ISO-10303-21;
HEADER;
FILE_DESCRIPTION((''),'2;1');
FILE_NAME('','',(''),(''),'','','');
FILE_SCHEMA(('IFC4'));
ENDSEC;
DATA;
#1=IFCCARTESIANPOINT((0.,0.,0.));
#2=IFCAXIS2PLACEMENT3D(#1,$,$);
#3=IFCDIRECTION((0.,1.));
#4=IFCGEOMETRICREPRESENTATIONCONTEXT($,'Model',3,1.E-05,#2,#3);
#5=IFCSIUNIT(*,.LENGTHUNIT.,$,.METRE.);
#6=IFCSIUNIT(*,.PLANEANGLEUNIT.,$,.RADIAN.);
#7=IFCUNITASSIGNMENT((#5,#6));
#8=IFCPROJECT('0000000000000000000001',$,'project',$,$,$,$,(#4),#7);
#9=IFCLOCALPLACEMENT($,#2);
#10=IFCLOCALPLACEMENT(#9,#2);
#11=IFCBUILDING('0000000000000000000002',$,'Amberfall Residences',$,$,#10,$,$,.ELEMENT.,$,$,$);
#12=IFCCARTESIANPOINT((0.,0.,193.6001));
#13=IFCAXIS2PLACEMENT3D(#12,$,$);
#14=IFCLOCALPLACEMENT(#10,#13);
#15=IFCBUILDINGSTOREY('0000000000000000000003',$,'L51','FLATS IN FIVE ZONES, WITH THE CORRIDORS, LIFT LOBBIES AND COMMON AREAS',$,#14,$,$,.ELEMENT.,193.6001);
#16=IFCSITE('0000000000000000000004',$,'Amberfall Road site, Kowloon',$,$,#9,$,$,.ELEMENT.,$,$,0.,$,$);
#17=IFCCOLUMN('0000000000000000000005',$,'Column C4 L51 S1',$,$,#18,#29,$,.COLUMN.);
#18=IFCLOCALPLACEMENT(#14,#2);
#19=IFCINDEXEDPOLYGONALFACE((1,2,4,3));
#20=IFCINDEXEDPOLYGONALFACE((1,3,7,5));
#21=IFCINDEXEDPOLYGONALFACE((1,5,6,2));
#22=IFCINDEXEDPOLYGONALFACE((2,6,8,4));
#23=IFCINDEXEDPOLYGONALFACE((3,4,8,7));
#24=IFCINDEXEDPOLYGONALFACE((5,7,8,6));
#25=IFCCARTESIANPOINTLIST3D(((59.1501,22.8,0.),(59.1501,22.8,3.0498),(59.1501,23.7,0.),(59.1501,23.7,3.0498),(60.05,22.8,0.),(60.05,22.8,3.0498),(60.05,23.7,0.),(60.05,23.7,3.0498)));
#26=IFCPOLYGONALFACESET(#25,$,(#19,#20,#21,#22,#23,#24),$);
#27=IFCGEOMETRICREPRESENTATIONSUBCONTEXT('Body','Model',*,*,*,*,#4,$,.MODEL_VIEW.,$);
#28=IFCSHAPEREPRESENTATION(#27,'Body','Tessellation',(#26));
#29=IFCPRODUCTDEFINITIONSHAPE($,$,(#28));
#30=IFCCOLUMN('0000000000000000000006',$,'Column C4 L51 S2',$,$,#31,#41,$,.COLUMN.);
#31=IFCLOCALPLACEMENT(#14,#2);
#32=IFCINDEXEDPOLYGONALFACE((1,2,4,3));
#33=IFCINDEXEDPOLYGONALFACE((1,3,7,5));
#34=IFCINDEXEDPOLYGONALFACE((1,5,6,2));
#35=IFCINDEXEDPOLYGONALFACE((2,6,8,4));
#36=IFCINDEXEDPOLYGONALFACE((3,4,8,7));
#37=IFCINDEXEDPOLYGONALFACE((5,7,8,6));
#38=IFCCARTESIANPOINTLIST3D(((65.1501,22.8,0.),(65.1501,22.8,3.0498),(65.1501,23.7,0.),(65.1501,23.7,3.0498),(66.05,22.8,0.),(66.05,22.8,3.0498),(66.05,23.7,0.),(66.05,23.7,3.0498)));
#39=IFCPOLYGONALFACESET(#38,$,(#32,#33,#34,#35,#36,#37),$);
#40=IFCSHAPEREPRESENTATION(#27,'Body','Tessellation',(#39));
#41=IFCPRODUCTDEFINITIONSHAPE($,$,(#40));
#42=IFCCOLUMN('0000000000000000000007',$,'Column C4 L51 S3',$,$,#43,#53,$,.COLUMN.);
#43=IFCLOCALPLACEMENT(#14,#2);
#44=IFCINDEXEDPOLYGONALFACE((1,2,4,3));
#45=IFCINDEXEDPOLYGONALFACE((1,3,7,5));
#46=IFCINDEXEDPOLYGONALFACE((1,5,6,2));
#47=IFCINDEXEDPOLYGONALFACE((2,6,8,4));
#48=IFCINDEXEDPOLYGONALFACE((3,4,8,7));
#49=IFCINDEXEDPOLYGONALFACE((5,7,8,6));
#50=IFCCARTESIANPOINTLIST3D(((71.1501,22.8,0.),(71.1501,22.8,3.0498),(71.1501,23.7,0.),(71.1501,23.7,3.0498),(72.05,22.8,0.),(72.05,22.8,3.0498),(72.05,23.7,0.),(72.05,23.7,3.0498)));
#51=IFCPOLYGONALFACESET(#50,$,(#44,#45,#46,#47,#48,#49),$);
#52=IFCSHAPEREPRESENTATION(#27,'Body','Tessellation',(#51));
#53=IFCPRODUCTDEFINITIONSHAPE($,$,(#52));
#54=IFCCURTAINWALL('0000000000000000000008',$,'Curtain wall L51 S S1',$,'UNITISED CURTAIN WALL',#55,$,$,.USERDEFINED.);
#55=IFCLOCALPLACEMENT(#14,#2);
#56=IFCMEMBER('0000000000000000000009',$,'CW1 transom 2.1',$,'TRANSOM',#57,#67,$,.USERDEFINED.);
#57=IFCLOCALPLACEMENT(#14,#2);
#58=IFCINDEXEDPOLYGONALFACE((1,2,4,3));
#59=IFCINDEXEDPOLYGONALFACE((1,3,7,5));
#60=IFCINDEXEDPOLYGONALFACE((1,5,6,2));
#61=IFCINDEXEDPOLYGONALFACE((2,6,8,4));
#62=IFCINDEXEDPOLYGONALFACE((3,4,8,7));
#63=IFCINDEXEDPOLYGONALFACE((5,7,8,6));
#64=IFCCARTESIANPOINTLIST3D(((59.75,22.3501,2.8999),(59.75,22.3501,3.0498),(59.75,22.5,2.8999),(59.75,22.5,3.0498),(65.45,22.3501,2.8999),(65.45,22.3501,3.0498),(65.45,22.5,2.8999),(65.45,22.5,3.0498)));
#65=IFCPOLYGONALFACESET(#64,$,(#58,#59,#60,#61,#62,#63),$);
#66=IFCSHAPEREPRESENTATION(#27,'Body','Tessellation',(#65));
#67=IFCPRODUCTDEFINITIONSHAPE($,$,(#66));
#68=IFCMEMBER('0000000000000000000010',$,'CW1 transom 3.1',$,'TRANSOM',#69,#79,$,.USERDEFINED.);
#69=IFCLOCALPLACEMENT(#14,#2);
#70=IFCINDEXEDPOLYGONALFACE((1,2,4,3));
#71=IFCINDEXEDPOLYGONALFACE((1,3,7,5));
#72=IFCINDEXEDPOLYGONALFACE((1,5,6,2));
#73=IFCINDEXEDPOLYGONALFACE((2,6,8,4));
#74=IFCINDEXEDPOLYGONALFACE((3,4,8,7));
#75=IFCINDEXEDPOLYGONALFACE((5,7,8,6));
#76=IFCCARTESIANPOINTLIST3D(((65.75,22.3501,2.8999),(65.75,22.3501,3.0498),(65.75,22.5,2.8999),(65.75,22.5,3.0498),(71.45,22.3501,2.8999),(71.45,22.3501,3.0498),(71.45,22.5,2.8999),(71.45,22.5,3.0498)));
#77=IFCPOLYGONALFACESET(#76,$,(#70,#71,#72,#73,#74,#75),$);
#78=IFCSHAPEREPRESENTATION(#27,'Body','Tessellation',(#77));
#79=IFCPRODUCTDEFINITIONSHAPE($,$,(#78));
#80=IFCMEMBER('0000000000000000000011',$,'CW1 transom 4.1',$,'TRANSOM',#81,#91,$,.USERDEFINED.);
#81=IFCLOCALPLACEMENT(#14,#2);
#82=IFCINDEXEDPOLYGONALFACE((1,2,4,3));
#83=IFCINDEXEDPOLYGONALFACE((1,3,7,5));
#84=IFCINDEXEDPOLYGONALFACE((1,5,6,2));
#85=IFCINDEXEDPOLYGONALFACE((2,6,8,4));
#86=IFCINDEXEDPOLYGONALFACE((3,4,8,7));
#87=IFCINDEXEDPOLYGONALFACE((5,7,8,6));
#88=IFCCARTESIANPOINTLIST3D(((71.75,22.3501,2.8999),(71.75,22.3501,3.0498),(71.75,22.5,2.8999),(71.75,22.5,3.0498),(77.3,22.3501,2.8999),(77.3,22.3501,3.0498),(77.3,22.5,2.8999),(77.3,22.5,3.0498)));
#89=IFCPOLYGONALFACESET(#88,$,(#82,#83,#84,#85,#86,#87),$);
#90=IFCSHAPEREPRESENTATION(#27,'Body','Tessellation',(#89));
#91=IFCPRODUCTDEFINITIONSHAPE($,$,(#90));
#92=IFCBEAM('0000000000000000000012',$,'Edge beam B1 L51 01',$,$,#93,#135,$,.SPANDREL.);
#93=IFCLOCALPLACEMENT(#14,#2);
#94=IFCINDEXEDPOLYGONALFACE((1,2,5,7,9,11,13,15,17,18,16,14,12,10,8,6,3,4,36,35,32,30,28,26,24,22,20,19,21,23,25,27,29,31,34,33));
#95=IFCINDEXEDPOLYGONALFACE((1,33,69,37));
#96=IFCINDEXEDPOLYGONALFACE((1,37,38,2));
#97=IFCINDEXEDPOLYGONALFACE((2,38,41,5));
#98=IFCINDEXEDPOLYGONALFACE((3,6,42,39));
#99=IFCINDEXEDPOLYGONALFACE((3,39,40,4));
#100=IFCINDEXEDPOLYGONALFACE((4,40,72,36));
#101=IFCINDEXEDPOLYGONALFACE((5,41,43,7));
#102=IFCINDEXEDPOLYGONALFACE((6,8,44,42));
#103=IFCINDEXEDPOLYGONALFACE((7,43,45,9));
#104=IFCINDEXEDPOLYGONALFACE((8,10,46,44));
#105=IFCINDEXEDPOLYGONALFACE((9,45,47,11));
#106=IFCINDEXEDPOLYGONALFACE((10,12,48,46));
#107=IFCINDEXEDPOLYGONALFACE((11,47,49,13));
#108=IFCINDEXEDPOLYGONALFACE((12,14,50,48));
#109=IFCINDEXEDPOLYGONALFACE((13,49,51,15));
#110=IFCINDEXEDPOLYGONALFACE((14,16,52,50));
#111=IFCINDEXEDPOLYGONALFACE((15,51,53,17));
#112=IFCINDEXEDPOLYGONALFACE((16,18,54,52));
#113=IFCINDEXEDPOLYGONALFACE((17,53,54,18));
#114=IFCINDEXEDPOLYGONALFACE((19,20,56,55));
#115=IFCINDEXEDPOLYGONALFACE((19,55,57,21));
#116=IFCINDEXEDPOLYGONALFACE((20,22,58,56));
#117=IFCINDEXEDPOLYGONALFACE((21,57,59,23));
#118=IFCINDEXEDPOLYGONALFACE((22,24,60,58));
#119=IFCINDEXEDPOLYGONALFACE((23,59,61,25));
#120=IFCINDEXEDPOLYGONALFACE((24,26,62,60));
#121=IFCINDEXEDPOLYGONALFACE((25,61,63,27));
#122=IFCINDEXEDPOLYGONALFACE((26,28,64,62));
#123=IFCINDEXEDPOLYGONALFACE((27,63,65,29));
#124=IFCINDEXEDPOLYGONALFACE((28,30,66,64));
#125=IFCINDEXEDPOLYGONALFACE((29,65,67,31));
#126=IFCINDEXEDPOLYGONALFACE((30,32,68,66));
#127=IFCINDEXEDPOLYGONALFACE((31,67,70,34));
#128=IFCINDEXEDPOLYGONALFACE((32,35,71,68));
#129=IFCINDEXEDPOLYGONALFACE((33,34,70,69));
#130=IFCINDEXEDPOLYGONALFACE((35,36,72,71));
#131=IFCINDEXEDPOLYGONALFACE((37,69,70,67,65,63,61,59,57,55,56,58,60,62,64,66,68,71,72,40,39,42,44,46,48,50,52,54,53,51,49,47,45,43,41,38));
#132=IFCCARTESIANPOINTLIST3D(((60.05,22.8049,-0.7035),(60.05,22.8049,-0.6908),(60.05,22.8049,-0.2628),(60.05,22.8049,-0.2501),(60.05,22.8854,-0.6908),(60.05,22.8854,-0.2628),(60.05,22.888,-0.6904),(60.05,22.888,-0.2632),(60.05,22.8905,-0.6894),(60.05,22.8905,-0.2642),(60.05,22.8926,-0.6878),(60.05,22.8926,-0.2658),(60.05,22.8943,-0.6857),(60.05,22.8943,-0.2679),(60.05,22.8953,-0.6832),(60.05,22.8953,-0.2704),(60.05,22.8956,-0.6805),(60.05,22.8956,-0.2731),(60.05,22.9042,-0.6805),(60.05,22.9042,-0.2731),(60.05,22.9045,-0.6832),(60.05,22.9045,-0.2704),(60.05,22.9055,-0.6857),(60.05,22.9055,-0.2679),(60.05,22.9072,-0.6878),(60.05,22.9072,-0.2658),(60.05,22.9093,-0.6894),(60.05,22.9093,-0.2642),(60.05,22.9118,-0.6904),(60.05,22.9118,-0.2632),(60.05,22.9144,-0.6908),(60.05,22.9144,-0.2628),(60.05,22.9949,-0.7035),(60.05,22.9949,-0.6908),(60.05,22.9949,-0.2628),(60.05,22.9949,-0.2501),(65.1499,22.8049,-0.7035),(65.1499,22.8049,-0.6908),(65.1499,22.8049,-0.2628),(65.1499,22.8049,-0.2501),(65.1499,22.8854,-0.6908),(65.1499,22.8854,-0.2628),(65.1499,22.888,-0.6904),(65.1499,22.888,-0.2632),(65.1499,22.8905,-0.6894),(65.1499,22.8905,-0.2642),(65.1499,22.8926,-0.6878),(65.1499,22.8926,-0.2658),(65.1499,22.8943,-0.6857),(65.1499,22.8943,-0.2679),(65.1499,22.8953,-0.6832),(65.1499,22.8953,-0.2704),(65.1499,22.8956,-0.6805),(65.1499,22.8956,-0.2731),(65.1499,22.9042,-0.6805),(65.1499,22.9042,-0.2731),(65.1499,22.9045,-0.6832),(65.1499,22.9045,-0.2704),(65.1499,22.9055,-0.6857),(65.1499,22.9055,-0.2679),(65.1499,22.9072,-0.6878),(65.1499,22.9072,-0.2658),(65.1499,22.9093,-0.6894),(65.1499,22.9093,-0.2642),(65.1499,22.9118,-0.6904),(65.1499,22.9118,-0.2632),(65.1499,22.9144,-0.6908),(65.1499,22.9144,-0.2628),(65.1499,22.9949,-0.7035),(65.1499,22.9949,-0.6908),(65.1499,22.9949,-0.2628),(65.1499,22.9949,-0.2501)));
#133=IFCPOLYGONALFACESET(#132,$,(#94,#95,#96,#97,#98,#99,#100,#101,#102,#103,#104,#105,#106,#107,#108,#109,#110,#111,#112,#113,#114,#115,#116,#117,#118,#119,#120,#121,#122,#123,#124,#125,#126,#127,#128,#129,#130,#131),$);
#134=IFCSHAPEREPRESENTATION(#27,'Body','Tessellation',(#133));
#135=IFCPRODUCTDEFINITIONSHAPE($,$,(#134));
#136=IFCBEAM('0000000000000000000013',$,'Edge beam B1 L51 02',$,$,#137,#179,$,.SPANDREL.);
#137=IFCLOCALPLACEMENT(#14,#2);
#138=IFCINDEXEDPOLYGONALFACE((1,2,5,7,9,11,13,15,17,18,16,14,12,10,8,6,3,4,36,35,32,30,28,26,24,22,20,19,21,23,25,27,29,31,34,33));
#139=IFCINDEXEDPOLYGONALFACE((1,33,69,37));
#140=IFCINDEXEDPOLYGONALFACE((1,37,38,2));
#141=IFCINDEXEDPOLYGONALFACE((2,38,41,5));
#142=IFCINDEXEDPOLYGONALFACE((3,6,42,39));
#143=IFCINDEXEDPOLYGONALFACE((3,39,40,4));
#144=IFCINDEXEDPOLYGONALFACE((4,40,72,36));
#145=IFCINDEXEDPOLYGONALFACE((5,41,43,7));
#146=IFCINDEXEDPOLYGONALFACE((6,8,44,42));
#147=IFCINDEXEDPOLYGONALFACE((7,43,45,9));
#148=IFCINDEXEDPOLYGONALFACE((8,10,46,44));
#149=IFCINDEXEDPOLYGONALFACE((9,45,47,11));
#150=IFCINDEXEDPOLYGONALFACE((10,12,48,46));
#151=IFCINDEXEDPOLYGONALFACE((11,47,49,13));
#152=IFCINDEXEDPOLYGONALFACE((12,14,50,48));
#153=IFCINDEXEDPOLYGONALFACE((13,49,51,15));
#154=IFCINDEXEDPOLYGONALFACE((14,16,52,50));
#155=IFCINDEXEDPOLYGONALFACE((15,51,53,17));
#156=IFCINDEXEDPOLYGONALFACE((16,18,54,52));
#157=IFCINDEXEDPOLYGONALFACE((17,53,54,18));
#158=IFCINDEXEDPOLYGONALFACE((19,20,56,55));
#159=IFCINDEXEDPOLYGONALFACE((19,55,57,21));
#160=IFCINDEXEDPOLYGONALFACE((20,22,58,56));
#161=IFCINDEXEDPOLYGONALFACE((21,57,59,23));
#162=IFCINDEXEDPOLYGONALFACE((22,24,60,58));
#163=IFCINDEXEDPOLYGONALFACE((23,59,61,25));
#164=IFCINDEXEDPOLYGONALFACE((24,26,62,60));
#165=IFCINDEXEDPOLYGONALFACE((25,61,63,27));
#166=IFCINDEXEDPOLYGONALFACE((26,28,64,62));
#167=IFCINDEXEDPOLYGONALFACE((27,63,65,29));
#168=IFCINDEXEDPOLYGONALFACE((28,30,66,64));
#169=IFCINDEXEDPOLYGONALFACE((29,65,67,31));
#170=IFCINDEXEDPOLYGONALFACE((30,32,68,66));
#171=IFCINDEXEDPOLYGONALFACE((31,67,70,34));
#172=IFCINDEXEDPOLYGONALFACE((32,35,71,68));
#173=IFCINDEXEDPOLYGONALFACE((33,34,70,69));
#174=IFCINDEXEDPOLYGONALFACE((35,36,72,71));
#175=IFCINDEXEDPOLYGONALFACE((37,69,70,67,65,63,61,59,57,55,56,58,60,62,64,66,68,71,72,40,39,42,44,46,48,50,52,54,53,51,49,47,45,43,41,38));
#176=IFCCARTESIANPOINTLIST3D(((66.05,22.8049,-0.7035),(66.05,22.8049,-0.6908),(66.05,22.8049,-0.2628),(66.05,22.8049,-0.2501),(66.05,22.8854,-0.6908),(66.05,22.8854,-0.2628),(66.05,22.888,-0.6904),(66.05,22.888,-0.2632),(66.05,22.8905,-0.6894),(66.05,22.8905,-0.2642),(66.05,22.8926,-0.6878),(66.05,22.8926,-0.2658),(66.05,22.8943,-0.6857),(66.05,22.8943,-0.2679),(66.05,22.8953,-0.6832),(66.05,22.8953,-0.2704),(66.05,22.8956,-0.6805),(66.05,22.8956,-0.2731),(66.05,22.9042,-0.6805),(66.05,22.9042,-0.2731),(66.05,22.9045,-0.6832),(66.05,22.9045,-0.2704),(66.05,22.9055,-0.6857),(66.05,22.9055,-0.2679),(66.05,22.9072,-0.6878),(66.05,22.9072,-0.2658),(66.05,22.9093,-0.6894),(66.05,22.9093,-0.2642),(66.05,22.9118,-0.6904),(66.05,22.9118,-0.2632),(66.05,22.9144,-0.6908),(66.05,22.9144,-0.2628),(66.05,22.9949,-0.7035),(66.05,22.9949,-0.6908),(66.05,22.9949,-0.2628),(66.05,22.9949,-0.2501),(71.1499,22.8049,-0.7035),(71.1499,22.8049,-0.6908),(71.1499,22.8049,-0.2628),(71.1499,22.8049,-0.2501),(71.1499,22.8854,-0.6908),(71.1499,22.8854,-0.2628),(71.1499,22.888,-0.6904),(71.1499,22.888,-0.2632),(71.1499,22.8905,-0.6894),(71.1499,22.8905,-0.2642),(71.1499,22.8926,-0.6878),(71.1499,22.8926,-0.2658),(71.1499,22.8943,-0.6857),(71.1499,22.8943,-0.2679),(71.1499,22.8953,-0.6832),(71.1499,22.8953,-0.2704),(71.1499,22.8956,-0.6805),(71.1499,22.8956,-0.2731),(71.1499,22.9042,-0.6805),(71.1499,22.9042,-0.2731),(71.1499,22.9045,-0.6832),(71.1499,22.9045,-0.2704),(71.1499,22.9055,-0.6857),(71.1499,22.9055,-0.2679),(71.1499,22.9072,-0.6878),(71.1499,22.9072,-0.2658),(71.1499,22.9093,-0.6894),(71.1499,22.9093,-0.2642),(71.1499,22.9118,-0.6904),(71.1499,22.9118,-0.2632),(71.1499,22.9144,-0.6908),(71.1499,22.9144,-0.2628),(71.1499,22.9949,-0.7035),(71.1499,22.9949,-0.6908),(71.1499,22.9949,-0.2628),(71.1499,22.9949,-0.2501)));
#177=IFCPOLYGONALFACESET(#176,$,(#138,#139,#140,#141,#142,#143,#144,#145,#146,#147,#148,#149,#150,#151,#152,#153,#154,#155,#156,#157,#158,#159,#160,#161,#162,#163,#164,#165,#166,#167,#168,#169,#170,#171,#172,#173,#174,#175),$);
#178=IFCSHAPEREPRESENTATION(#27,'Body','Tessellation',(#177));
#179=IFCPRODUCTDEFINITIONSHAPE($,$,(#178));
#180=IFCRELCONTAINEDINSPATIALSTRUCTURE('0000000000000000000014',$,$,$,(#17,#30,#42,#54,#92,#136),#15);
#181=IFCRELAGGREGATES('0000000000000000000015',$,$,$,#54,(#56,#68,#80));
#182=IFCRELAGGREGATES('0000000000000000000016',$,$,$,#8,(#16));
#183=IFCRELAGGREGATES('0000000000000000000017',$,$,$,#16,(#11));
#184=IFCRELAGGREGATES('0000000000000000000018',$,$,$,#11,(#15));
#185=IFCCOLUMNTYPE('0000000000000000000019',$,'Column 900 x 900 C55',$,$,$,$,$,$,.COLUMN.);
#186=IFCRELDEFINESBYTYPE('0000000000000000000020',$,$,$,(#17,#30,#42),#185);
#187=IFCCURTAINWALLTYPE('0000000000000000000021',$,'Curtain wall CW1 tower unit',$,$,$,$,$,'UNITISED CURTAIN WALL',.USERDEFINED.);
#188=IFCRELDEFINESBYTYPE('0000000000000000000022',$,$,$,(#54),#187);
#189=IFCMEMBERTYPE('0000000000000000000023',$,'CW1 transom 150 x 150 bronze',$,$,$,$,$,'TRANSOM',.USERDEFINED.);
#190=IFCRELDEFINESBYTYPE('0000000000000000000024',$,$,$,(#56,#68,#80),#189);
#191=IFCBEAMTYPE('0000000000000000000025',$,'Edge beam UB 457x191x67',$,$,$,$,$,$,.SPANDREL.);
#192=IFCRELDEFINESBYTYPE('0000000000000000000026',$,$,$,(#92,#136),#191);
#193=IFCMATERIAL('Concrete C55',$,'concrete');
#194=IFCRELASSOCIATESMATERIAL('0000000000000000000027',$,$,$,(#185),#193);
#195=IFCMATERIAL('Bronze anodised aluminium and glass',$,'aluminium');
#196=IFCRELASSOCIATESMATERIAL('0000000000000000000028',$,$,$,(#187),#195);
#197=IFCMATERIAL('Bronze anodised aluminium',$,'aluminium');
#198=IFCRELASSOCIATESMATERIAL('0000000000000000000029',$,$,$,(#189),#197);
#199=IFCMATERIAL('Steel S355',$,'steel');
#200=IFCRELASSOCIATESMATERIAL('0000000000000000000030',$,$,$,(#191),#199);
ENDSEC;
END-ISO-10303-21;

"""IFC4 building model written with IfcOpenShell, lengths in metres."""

from ifc_helpers import new_model, si_unit, direction, frame, origin, origin_2d, place, context, subcontext, project, spatial, rectangle, i_section, extrude, material, material_profile, profile_set, type_object, element, aggregate, save


model = new_model("IFC4")

# Units and contexts
model_context = context("Model", 3, precision=1e-05, world=origin(), true_north=direction((0.0, 1.0)))
body_context = subcontext(model_context, "Body", "Model", "MODEL_VIEW")
ifc_project = project(units=[si_unit("LENGTHUNIT", "METRE"), si_unit("PLANEANGLEUNIT", "RADIAN")], contexts=[model_context])

# Site, building, storey
site_placement = place(None, origin())
site = spatial("IfcSite", under=ifc_project, at=site_placement, Name="Amberfall Road site, Kowloon", CompositionType="ELEMENT", RefElevation=0.0)
building_placement = place(site_placement, origin())
building = spatial("IfcBuilding", under=site, at=building_placement, Name="Amberfall Residences", CompositionType="ELEMENT")
storey_placement = place(building_placement, frame((0.0, 0.0, 193.6001)))
storey = spatial("IfcBuildingStorey", under=building, at=storey_placement, Name="L51", Description="FLATS IN FIVE ZONES, WITH THE CORRIDORS, LIFT LOBBIES AND COMMON AREAS", CompositionType="ELEMENT", Elevation=193.6001)

# Columns
ifc_material_1 = material(Name="Concrete C55", Category="concrete")
ifc_material_profile_1 = material_profile(ifc_material_1, rectangle(XDim=0.8999, YDim=0.8999, at=origin_2d()), Name="Column 900 x 900 C55")
ifc_profile_set_1 = profile_set([ifc_material_profile_1], Name="Concrete C55")
column_type = type_object("IfcColumnType", Name="Column 900 x 900 C55", PredefinedType="COLUMN", material=ifc_profile_set_1)
for number, where, z_axis, x_axis, name in (
    (1, (59.6001, 23.25, 0.0), (0.0, 0.0, 1.0), (1.0, 0.0, 0.0), "Column C4 L51 S1"),
    (2, (65.6001, 23.25, 0.0), (0.0, 0.0, 1.0), (1.0, 0.0, 0.0), "Column C4 L51 S2"),
    (3, (71.6001, 23.25, 0.0), (0.0, 0.0, 1.0), (1.0, 0.0, 0.0), "Column C4 L51 S3"),
):
    element("IfcColumn", number, at=place(storey_placement, frame(where, z_axis=z_axis, x_axis=x_axis)), inside=storey, type_object=column_type, Name=name, PredefinedType="COLUMN", context=body_context, shape_type="SweptSolid", body=[
        extrude(rectangle(XDim=0.8999, YDim=0.8999, at=origin_2d()), origin(), (0.0, 0.0, 1.0), 3.0498),
    ])

# Curtain wall, members
ifc_material_2 = material(Name="Bronze anodised aluminium and glass", Category="aluminium")
curtain_wall_type = type_object("IfcCurtainWallType", Name="Curtain wall CW1 tower unit", ElementType="UNITISED CURTAIN WALL", PredefinedType="USERDEFINED", material=ifc_material_2)
curtain_wall_placement = place(storey_placement, origin())
curtain_wall = element("IfcCurtainWall", 4, at=curtain_wall_placement, inside=storey, type_object=curtain_wall_type, Name="Curtain wall L51 S S1", ObjectType="UNITISED CURTAIN WALL", PredefinedType="USERDEFINED")
ifc_material_3 = material(Name="Bronze anodised aluminium", Category="aluminium")
ifc_material_profile_2 = material_profile(ifc_material_3, rectangle(XDim=0.1499, YDim=0.1499, at=origin_2d()), Name="CW1 transom 150 x 150 bronze")
ifc_profile_set_2 = profile_set([ifc_material_profile_2], Name="Bronze anodised aluminium")
member_type_1 = type_object("IfcMemberType", Name="CW1 transom 150 x 150 bronze", ElementType="TRANSOM", PredefinedType="USERDEFINED", material=ifc_profile_set_2)
member_1_placement = place(storey_placement, frame((59.75, 22.425, 2.9749), z_axis=(1.0, 0.0, 0.0), x_axis=(0.0, 1.0, 0.0)))
member_1 = element("IfcMember", 5, at=member_1_placement, type_object=member_type_1, Name="CW1 transom 2.1", ObjectType="TRANSOM", PredefinedType="USERDEFINED", context=body_context, shape_type="SweptSolid", body=[
    extrude(rectangle(XDim=0.1499, YDim=0.1499, at=origin_2d()), origin(), (0.0, 0.0, 1.0), 5.7),
])
member_2_placement = place(storey_placement, frame((65.75, 22.425, 2.9749), z_axis=(1.0, 0.0, 0.0), x_axis=(0.0, 1.0, 0.0)))
member_2 = element("IfcMember", 6, at=member_2_placement, type_object=member_type_1, Name="CW1 transom 3.1", ObjectType="TRANSOM", PredefinedType="USERDEFINED", context=body_context, shape_type="SweptSolid", body=[
    extrude(rectangle(XDim=0.1499, YDim=0.1499, at=origin_2d()), origin(), (0.0, 0.0, 1.0), 5.7),
])
member_3_placement = place(storey_placement, frame((71.75, 22.425, 2.9749), z_axis=(1.0, 0.0, 0.0), x_axis=(0.0, 1.0, 0.0)))
member_3 = element("IfcMember", 7, at=member_3_placement, type_object=member_type_1, Name="CW1 transom 4.1", ObjectType="TRANSOM", PredefinedType="USERDEFINED", context=body_context, shape_type="SweptSolid", body=[
    extrude(rectangle(XDim=0.1499, YDim=0.1499, at=origin_2d()), origin(), (0.0, 0.0, 1.0), 5.55),
])

# Beams
ifc_material_4 = material(Name="Steel S355", Category="steel")
ifc_material_profile_3 = material_profile(ifc_material_4, i_section(OverallWidth=0.1899, OverallDepth=0.4534, WebThickness=0.0085, FlangeThickness=0.0127, FilletRadius=0.0103, at=origin_2d()), Name="UB 457x191x67")
ifc_profile_set_3 = profile_set([ifc_material_profile_3], Name="Steel S355")
beam_type_1 = type_object("IfcBeamType", Name="Edge beam UB 457x191x67", PredefinedType="SPANDREL", material=ifc_profile_set_3)
for number, where, z_axis, x_axis, name in (
    (8, (60.05, 22.8999, -0.4768), (1.0, 0.0, 0.0), (0.0, 1.0, 0.0), "Edge beam B1 L51 01"),
    (9, (66.05, 22.8999, -0.4768), (1.0, 0.0, 0.0), (0.0, 1.0, 0.0), "Edge beam B1 L51 02"),
):
    element("IfcBeam", number, at=place(storey_placement, frame(where, z_axis=z_axis, x_axis=x_axis)), inside=storey, type_object=beam_type_1, Name=name, PredefinedType="SPANDREL", context=body_context, shape_type="SweptSolid", body=[
        extrude(i_section(OverallWidth=0.1899, OverallDepth=0.4534, WebThickness=0.0085, FlangeThickness=0.0127, FilletRadius=0.0103, at=origin_2d()), origin(), (0.0, 0.0, 1.0), 5.0999),
    ])

aggregate(curtain_wall, [member_1, member_2, member_3])

save(model, "model.ifc")
